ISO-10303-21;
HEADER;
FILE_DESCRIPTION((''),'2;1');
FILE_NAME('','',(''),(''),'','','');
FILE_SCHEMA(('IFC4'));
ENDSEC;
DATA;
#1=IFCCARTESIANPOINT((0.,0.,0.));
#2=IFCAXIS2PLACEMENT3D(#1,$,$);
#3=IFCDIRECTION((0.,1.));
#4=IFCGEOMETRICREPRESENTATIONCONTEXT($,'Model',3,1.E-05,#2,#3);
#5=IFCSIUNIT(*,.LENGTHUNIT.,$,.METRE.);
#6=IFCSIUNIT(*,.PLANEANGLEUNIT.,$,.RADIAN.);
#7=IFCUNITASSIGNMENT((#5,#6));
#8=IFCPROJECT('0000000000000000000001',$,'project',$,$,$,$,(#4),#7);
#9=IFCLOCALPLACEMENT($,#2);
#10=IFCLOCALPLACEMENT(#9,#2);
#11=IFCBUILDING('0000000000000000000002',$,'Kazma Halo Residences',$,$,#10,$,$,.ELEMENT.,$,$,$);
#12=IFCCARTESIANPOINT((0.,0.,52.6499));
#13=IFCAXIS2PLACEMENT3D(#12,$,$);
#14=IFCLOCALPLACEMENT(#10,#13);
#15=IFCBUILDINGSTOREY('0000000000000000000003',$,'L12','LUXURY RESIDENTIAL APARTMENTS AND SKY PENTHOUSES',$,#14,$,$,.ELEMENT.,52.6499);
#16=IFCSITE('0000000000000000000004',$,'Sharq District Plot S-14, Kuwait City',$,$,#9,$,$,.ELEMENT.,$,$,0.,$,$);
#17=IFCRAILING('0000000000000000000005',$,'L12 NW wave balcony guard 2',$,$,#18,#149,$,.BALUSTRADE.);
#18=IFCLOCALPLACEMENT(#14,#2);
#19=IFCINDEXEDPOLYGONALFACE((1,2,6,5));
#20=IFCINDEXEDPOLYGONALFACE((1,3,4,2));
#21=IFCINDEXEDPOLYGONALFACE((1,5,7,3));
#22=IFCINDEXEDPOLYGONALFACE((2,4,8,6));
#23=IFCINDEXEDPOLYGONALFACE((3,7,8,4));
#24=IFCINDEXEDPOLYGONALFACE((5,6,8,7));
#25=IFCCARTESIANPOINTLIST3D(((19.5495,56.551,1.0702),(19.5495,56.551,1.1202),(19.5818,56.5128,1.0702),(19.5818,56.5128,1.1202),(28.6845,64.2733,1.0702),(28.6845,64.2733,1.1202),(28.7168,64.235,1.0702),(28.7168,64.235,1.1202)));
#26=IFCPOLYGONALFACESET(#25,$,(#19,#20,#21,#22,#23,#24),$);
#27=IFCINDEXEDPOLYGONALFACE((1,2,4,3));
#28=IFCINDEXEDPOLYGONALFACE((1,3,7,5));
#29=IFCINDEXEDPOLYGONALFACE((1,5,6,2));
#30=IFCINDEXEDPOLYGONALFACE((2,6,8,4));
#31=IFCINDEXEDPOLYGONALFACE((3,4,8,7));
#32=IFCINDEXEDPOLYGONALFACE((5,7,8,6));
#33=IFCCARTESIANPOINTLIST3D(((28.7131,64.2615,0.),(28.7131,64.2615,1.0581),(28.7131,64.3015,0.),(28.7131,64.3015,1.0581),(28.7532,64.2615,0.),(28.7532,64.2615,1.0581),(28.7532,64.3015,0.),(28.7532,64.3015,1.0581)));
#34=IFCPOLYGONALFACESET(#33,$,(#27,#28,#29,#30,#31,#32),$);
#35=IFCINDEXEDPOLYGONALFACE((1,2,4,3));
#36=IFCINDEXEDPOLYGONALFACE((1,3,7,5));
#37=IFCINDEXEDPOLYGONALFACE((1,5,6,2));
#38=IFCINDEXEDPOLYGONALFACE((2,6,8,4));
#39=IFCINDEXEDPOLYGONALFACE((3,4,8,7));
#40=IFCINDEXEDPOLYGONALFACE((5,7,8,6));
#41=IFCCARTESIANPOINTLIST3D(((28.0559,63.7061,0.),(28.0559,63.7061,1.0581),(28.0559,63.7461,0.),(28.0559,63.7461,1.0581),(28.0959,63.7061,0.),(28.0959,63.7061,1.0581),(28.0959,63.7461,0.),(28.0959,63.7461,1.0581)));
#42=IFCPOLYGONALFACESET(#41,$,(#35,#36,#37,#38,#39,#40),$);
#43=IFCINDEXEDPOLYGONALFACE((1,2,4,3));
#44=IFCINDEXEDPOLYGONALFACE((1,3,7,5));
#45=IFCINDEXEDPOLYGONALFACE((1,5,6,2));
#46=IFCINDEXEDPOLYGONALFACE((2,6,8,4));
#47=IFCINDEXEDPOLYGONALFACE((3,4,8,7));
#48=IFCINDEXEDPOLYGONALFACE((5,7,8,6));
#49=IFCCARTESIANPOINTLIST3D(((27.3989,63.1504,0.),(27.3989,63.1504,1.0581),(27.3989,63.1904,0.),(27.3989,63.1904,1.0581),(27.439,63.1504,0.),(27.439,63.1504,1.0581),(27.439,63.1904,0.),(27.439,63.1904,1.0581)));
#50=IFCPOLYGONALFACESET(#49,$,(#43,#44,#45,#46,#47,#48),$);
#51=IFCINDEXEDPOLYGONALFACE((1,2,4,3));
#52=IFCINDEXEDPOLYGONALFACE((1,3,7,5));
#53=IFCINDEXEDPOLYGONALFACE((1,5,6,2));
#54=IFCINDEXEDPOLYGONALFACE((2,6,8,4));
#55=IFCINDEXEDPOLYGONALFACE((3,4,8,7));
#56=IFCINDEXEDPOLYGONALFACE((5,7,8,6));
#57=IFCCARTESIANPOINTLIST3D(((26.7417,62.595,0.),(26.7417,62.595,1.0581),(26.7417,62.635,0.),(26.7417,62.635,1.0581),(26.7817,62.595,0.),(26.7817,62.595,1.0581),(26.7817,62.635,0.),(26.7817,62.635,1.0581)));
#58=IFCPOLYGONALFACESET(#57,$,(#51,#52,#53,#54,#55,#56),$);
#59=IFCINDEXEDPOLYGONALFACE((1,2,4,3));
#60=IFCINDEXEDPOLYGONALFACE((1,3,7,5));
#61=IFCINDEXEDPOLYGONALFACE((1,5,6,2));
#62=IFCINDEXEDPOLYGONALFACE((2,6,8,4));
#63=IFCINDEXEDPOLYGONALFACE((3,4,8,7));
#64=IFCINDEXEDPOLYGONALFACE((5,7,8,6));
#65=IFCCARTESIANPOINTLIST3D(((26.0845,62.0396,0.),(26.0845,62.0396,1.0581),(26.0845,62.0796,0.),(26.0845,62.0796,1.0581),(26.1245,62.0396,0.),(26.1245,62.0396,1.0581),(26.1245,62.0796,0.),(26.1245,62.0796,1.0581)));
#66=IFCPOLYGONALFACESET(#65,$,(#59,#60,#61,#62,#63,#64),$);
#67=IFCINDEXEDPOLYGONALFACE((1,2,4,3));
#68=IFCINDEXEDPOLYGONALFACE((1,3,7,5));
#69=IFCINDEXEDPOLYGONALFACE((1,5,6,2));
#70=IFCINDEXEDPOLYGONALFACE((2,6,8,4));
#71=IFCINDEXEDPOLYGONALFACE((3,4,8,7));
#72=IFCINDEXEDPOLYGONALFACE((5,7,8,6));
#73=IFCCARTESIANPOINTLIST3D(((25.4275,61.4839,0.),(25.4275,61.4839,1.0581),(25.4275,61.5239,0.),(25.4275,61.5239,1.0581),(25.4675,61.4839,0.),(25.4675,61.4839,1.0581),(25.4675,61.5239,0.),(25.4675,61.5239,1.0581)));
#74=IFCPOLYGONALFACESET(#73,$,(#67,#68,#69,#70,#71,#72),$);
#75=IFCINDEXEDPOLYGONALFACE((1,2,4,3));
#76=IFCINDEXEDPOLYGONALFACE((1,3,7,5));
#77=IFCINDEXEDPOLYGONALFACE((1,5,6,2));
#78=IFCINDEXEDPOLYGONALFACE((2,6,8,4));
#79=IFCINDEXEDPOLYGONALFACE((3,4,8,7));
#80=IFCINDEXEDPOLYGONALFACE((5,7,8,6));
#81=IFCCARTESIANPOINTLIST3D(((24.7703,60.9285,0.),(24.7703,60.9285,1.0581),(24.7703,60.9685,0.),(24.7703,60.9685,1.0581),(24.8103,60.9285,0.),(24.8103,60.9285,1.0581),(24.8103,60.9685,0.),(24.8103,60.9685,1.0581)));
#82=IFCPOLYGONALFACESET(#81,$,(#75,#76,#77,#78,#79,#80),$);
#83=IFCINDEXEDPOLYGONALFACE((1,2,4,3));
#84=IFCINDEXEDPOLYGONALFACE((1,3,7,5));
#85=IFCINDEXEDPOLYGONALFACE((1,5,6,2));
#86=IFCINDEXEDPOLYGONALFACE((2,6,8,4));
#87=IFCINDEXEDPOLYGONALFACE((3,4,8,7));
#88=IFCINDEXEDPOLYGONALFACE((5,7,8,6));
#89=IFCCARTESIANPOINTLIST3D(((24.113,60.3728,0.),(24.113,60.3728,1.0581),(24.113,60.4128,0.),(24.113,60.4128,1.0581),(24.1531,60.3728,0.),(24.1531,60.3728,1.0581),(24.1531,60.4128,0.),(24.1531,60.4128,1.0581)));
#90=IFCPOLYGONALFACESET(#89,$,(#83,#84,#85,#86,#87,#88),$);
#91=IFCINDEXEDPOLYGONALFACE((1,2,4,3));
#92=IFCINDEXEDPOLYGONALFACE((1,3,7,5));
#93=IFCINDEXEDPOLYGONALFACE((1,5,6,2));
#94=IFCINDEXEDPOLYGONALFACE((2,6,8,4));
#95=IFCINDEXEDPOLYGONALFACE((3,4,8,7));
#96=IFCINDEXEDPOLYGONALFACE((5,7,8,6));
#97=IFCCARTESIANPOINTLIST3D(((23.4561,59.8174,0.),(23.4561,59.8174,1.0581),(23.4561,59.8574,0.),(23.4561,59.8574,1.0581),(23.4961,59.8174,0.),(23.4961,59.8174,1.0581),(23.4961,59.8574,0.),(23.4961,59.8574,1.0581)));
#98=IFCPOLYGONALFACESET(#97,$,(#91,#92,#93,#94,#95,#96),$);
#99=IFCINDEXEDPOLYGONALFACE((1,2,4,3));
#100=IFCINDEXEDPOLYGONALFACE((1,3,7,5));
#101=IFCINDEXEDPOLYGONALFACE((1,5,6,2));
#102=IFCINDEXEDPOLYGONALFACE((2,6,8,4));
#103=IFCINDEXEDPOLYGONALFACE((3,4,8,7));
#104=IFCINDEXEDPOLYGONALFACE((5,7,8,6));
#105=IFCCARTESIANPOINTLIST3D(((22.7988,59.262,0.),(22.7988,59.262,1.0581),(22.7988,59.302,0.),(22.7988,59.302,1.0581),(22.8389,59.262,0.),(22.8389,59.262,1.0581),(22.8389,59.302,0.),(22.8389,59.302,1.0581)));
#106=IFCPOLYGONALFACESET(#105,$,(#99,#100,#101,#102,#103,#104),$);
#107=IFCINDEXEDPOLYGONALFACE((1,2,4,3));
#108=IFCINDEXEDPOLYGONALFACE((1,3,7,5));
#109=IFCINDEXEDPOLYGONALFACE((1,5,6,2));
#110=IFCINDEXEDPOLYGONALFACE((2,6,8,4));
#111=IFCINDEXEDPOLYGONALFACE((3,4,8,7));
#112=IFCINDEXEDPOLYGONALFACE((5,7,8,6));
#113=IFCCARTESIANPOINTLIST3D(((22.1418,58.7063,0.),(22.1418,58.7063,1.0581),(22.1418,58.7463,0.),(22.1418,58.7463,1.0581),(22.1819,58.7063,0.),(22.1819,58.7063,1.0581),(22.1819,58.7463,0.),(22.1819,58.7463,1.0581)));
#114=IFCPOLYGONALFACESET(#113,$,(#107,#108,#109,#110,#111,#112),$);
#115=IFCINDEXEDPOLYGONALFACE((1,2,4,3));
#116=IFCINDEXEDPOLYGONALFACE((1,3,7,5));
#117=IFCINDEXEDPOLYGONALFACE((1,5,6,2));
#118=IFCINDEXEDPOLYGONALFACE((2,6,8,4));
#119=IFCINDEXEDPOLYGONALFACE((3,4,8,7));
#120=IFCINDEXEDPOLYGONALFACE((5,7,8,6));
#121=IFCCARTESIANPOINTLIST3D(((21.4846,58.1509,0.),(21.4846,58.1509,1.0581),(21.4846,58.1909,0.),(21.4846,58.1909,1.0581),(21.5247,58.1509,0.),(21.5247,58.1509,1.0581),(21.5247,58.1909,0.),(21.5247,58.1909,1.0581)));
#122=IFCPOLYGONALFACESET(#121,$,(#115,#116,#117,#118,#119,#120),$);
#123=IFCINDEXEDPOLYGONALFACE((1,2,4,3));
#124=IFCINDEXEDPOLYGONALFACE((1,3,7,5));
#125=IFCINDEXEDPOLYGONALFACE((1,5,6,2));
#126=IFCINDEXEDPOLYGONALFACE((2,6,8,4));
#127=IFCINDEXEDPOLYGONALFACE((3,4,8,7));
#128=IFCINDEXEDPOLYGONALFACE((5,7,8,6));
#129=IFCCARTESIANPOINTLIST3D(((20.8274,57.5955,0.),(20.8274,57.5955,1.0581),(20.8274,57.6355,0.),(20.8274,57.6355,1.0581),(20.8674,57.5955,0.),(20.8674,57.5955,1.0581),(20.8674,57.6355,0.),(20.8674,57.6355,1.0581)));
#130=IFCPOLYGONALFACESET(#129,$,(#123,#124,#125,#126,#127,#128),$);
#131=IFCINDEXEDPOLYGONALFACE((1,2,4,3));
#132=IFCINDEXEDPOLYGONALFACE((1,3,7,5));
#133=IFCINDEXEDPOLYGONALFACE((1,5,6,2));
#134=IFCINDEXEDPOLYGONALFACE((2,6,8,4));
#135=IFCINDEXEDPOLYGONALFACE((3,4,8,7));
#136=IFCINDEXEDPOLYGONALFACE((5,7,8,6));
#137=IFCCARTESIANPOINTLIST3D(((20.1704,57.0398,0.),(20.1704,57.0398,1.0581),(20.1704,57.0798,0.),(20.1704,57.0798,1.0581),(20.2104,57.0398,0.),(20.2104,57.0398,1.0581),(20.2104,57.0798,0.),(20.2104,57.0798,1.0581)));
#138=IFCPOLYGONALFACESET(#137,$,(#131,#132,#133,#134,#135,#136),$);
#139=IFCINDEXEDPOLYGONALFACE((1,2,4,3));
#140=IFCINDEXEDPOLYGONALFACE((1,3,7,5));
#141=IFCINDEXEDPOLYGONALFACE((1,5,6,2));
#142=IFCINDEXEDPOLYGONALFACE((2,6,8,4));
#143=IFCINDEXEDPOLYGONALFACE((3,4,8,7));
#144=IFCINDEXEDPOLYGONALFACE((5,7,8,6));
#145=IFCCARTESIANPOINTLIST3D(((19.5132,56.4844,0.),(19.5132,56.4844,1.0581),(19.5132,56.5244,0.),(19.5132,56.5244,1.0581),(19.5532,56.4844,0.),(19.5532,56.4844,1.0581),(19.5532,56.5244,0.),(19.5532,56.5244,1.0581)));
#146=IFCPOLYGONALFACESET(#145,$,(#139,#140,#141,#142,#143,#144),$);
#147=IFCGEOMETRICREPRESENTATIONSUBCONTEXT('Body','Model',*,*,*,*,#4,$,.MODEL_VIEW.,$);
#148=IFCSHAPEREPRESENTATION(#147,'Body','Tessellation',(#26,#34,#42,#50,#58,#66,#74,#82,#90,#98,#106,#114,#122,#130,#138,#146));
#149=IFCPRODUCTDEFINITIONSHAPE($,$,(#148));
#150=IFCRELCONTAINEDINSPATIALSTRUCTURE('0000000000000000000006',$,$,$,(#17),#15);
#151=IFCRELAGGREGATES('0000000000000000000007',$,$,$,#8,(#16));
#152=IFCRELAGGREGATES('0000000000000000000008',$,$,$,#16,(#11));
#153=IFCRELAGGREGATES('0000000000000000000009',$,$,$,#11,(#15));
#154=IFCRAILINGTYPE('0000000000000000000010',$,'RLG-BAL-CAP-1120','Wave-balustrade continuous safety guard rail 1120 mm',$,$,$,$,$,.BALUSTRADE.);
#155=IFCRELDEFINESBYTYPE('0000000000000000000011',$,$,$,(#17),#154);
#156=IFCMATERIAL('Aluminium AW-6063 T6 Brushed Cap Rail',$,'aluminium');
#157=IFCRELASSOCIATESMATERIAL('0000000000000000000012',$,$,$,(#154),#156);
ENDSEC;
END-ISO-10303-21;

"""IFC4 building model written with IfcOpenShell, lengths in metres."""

from ifc_helpers import new_model, si_unit, direction, frame, origin, origin_2d, place, context, subcontext, project, spatial, rectangle, extrude, material, type_object, element, save


model = new_model("IFC4")

# Units and contexts
model_context = context("Model", 3, precision=1e-05, world=origin(), true_north=direction((0.0, 1.0)))
body_context = subcontext(model_context, "Body", "Model", "MODEL_VIEW")
ifc_project = project(units=[si_unit("LENGTHUNIT", "METRE"), si_unit("PLANEANGLEUNIT", "RADIAN")], contexts=[model_context])

# Site, building, storey
site_placement = place(None, origin())
site = spatial("IfcSite", under=ifc_project, at=site_placement, Name="Sharq District Plot S-14, Kuwait City", CompositionType="ELEMENT", RefElevation=0.0)
building_placement = place(site_placement, origin())
building = spatial("IfcBuilding", under=site, at=building_placement, Name="Kazma Halo Residences", CompositionType="ELEMENT")
storey_placement = place(building_placement, frame((0.0, 0.0, 52.6499)))
storey = spatial("IfcBuildingStorey", under=building, at=storey_placement, Name="L12", Description="LUXURY RESIDENTIAL APARTMENTS AND SKY PENTHOUSES", CompositionType="ELEMENT", Elevation=52.6499)

# Railing
ifc_material_1 = material(Name="Aluminium AW-6063 T6 Brushed Cap Rail", Category="aluminium")
railing_type = type_object("IfcRailingType", Name="RLG-BAL-CAP-1120", Description="Wave-balustrade continuous safety guard rail 1120 mm", PredefinedType="BALUSTRADE", material=ifc_material_1)
railing_1_placement = place(storey_placement, frame((28.7332, 64.2815, 0.0)))
element("IfcRailing", 1, at=railing_1_placement, inside=storey, type_object=railing_type, Name="L12 NW wave balcony guard 2", PredefinedType="BALUSTRADE", context=body_context, shape_type="SweptSolid", body=[
    extrude(rectangle(XDim=0.05, YDim=0.05, at=origin_2d()), frame((-0.0325, -0.0273, 1.0952), z_axis=(-0.763692, -0.645581, 0.0), x_axis=(0.645581, -0.763692, 0.0)), (0.0, 0.0, 1.0), 11.9617),
    extrude(rectangle(XDim=0.04, YDim=0.04, at=origin_2d()), origin(), (0.0, 0.0, 1.0), 1.0581),
    extrude(rectangle(XDim=0.04, YDim=0.04, at=origin_2d()), frame((-0.6572, -0.5554, 0.0)), (0.0, 0.0, 1.0), 1.0581),
    extrude(rectangle(XDim=0.04, YDim=0.04, at=origin_2d()), frame((-1.3142, -1.1111, 0.0)), (0.0, 0.0, 1.0), 1.0581),
    extrude(rectangle(XDim=0.04, YDim=0.04, at=origin_2d()), frame((-1.9714, -1.6665, 0.0)), (0.0, 0.0, 1.0), 1.0581),
    extrude(rectangle(XDim=0.04, YDim=0.04, at=origin_2d()), frame((-2.6287, -2.2219, 0.0)), (0.0, 0.0, 1.0), 1.0581),
    extrude(rectangle(XDim=0.04, YDim=0.04, at=origin_2d()), frame((-3.2856, -2.7776, 0.0)), (0.0, 0.0, 1.0), 1.0581),
    extrude(rectangle(XDim=0.04, YDim=0.04, at=origin_2d()), frame((-3.9429, -3.333, 0.0)), (0.0, 0.0, 1.0), 1.0581),
    extrude(rectangle(XDim=0.04, YDim=0.04, at=origin_2d()), frame((-4.6001, -3.8887, 0.0)), (0.0, 0.0, 1.0), 1.0581),
    extrude(rectangle(XDim=0.04, YDim=0.04, at=origin_2d()), frame((-5.2571, -4.4441, 0.0)), (0.0, 0.0, 1.0), 1.0581),
    extrude(rectangle(XDim=0.04, YDim=0.04, at=origin_2d()), frame((-5.9143, -4.9995, 0.0)), (0.0, 0.0, 1.0), 1.0581),
    extrude(rectangle(XDim=0.04, YDim=0.04, at=origin_2d()), frame((-6.5713, -5.5552, 0.0)), (0.0, 0.0, 1.0), 1.0581),
    extrude(rectangle(XDim=0.04, YDim=0.04, at=origin_2d()), frame((-7.2285, -6.1106, 0.0)), (0.0, 0.0, 1.0), 1.0581),
    extrude(rectangle(XDim=0.04, YDim=0.04, at=origin_2d()), frame((-7.8857, -6.666, 0.0)), (0.0, 0.0, 1.0), 1.0581),
    extrude(rectangle(XDim=0.04, YDim=0.04, at=origin_2d()), frame((-8.5427, -7.2217, 0.0)), (0.0, 0.0, 1.0), 1.0581),
    extrude(rectangle(XDim=0.04, YDim=0.04, at=origin_2d()), frame((-9.2, -7.7771, 0.0)), (0.0, 0.0, 1.0), 1.0581),
])

save(model, "model.ifc")
